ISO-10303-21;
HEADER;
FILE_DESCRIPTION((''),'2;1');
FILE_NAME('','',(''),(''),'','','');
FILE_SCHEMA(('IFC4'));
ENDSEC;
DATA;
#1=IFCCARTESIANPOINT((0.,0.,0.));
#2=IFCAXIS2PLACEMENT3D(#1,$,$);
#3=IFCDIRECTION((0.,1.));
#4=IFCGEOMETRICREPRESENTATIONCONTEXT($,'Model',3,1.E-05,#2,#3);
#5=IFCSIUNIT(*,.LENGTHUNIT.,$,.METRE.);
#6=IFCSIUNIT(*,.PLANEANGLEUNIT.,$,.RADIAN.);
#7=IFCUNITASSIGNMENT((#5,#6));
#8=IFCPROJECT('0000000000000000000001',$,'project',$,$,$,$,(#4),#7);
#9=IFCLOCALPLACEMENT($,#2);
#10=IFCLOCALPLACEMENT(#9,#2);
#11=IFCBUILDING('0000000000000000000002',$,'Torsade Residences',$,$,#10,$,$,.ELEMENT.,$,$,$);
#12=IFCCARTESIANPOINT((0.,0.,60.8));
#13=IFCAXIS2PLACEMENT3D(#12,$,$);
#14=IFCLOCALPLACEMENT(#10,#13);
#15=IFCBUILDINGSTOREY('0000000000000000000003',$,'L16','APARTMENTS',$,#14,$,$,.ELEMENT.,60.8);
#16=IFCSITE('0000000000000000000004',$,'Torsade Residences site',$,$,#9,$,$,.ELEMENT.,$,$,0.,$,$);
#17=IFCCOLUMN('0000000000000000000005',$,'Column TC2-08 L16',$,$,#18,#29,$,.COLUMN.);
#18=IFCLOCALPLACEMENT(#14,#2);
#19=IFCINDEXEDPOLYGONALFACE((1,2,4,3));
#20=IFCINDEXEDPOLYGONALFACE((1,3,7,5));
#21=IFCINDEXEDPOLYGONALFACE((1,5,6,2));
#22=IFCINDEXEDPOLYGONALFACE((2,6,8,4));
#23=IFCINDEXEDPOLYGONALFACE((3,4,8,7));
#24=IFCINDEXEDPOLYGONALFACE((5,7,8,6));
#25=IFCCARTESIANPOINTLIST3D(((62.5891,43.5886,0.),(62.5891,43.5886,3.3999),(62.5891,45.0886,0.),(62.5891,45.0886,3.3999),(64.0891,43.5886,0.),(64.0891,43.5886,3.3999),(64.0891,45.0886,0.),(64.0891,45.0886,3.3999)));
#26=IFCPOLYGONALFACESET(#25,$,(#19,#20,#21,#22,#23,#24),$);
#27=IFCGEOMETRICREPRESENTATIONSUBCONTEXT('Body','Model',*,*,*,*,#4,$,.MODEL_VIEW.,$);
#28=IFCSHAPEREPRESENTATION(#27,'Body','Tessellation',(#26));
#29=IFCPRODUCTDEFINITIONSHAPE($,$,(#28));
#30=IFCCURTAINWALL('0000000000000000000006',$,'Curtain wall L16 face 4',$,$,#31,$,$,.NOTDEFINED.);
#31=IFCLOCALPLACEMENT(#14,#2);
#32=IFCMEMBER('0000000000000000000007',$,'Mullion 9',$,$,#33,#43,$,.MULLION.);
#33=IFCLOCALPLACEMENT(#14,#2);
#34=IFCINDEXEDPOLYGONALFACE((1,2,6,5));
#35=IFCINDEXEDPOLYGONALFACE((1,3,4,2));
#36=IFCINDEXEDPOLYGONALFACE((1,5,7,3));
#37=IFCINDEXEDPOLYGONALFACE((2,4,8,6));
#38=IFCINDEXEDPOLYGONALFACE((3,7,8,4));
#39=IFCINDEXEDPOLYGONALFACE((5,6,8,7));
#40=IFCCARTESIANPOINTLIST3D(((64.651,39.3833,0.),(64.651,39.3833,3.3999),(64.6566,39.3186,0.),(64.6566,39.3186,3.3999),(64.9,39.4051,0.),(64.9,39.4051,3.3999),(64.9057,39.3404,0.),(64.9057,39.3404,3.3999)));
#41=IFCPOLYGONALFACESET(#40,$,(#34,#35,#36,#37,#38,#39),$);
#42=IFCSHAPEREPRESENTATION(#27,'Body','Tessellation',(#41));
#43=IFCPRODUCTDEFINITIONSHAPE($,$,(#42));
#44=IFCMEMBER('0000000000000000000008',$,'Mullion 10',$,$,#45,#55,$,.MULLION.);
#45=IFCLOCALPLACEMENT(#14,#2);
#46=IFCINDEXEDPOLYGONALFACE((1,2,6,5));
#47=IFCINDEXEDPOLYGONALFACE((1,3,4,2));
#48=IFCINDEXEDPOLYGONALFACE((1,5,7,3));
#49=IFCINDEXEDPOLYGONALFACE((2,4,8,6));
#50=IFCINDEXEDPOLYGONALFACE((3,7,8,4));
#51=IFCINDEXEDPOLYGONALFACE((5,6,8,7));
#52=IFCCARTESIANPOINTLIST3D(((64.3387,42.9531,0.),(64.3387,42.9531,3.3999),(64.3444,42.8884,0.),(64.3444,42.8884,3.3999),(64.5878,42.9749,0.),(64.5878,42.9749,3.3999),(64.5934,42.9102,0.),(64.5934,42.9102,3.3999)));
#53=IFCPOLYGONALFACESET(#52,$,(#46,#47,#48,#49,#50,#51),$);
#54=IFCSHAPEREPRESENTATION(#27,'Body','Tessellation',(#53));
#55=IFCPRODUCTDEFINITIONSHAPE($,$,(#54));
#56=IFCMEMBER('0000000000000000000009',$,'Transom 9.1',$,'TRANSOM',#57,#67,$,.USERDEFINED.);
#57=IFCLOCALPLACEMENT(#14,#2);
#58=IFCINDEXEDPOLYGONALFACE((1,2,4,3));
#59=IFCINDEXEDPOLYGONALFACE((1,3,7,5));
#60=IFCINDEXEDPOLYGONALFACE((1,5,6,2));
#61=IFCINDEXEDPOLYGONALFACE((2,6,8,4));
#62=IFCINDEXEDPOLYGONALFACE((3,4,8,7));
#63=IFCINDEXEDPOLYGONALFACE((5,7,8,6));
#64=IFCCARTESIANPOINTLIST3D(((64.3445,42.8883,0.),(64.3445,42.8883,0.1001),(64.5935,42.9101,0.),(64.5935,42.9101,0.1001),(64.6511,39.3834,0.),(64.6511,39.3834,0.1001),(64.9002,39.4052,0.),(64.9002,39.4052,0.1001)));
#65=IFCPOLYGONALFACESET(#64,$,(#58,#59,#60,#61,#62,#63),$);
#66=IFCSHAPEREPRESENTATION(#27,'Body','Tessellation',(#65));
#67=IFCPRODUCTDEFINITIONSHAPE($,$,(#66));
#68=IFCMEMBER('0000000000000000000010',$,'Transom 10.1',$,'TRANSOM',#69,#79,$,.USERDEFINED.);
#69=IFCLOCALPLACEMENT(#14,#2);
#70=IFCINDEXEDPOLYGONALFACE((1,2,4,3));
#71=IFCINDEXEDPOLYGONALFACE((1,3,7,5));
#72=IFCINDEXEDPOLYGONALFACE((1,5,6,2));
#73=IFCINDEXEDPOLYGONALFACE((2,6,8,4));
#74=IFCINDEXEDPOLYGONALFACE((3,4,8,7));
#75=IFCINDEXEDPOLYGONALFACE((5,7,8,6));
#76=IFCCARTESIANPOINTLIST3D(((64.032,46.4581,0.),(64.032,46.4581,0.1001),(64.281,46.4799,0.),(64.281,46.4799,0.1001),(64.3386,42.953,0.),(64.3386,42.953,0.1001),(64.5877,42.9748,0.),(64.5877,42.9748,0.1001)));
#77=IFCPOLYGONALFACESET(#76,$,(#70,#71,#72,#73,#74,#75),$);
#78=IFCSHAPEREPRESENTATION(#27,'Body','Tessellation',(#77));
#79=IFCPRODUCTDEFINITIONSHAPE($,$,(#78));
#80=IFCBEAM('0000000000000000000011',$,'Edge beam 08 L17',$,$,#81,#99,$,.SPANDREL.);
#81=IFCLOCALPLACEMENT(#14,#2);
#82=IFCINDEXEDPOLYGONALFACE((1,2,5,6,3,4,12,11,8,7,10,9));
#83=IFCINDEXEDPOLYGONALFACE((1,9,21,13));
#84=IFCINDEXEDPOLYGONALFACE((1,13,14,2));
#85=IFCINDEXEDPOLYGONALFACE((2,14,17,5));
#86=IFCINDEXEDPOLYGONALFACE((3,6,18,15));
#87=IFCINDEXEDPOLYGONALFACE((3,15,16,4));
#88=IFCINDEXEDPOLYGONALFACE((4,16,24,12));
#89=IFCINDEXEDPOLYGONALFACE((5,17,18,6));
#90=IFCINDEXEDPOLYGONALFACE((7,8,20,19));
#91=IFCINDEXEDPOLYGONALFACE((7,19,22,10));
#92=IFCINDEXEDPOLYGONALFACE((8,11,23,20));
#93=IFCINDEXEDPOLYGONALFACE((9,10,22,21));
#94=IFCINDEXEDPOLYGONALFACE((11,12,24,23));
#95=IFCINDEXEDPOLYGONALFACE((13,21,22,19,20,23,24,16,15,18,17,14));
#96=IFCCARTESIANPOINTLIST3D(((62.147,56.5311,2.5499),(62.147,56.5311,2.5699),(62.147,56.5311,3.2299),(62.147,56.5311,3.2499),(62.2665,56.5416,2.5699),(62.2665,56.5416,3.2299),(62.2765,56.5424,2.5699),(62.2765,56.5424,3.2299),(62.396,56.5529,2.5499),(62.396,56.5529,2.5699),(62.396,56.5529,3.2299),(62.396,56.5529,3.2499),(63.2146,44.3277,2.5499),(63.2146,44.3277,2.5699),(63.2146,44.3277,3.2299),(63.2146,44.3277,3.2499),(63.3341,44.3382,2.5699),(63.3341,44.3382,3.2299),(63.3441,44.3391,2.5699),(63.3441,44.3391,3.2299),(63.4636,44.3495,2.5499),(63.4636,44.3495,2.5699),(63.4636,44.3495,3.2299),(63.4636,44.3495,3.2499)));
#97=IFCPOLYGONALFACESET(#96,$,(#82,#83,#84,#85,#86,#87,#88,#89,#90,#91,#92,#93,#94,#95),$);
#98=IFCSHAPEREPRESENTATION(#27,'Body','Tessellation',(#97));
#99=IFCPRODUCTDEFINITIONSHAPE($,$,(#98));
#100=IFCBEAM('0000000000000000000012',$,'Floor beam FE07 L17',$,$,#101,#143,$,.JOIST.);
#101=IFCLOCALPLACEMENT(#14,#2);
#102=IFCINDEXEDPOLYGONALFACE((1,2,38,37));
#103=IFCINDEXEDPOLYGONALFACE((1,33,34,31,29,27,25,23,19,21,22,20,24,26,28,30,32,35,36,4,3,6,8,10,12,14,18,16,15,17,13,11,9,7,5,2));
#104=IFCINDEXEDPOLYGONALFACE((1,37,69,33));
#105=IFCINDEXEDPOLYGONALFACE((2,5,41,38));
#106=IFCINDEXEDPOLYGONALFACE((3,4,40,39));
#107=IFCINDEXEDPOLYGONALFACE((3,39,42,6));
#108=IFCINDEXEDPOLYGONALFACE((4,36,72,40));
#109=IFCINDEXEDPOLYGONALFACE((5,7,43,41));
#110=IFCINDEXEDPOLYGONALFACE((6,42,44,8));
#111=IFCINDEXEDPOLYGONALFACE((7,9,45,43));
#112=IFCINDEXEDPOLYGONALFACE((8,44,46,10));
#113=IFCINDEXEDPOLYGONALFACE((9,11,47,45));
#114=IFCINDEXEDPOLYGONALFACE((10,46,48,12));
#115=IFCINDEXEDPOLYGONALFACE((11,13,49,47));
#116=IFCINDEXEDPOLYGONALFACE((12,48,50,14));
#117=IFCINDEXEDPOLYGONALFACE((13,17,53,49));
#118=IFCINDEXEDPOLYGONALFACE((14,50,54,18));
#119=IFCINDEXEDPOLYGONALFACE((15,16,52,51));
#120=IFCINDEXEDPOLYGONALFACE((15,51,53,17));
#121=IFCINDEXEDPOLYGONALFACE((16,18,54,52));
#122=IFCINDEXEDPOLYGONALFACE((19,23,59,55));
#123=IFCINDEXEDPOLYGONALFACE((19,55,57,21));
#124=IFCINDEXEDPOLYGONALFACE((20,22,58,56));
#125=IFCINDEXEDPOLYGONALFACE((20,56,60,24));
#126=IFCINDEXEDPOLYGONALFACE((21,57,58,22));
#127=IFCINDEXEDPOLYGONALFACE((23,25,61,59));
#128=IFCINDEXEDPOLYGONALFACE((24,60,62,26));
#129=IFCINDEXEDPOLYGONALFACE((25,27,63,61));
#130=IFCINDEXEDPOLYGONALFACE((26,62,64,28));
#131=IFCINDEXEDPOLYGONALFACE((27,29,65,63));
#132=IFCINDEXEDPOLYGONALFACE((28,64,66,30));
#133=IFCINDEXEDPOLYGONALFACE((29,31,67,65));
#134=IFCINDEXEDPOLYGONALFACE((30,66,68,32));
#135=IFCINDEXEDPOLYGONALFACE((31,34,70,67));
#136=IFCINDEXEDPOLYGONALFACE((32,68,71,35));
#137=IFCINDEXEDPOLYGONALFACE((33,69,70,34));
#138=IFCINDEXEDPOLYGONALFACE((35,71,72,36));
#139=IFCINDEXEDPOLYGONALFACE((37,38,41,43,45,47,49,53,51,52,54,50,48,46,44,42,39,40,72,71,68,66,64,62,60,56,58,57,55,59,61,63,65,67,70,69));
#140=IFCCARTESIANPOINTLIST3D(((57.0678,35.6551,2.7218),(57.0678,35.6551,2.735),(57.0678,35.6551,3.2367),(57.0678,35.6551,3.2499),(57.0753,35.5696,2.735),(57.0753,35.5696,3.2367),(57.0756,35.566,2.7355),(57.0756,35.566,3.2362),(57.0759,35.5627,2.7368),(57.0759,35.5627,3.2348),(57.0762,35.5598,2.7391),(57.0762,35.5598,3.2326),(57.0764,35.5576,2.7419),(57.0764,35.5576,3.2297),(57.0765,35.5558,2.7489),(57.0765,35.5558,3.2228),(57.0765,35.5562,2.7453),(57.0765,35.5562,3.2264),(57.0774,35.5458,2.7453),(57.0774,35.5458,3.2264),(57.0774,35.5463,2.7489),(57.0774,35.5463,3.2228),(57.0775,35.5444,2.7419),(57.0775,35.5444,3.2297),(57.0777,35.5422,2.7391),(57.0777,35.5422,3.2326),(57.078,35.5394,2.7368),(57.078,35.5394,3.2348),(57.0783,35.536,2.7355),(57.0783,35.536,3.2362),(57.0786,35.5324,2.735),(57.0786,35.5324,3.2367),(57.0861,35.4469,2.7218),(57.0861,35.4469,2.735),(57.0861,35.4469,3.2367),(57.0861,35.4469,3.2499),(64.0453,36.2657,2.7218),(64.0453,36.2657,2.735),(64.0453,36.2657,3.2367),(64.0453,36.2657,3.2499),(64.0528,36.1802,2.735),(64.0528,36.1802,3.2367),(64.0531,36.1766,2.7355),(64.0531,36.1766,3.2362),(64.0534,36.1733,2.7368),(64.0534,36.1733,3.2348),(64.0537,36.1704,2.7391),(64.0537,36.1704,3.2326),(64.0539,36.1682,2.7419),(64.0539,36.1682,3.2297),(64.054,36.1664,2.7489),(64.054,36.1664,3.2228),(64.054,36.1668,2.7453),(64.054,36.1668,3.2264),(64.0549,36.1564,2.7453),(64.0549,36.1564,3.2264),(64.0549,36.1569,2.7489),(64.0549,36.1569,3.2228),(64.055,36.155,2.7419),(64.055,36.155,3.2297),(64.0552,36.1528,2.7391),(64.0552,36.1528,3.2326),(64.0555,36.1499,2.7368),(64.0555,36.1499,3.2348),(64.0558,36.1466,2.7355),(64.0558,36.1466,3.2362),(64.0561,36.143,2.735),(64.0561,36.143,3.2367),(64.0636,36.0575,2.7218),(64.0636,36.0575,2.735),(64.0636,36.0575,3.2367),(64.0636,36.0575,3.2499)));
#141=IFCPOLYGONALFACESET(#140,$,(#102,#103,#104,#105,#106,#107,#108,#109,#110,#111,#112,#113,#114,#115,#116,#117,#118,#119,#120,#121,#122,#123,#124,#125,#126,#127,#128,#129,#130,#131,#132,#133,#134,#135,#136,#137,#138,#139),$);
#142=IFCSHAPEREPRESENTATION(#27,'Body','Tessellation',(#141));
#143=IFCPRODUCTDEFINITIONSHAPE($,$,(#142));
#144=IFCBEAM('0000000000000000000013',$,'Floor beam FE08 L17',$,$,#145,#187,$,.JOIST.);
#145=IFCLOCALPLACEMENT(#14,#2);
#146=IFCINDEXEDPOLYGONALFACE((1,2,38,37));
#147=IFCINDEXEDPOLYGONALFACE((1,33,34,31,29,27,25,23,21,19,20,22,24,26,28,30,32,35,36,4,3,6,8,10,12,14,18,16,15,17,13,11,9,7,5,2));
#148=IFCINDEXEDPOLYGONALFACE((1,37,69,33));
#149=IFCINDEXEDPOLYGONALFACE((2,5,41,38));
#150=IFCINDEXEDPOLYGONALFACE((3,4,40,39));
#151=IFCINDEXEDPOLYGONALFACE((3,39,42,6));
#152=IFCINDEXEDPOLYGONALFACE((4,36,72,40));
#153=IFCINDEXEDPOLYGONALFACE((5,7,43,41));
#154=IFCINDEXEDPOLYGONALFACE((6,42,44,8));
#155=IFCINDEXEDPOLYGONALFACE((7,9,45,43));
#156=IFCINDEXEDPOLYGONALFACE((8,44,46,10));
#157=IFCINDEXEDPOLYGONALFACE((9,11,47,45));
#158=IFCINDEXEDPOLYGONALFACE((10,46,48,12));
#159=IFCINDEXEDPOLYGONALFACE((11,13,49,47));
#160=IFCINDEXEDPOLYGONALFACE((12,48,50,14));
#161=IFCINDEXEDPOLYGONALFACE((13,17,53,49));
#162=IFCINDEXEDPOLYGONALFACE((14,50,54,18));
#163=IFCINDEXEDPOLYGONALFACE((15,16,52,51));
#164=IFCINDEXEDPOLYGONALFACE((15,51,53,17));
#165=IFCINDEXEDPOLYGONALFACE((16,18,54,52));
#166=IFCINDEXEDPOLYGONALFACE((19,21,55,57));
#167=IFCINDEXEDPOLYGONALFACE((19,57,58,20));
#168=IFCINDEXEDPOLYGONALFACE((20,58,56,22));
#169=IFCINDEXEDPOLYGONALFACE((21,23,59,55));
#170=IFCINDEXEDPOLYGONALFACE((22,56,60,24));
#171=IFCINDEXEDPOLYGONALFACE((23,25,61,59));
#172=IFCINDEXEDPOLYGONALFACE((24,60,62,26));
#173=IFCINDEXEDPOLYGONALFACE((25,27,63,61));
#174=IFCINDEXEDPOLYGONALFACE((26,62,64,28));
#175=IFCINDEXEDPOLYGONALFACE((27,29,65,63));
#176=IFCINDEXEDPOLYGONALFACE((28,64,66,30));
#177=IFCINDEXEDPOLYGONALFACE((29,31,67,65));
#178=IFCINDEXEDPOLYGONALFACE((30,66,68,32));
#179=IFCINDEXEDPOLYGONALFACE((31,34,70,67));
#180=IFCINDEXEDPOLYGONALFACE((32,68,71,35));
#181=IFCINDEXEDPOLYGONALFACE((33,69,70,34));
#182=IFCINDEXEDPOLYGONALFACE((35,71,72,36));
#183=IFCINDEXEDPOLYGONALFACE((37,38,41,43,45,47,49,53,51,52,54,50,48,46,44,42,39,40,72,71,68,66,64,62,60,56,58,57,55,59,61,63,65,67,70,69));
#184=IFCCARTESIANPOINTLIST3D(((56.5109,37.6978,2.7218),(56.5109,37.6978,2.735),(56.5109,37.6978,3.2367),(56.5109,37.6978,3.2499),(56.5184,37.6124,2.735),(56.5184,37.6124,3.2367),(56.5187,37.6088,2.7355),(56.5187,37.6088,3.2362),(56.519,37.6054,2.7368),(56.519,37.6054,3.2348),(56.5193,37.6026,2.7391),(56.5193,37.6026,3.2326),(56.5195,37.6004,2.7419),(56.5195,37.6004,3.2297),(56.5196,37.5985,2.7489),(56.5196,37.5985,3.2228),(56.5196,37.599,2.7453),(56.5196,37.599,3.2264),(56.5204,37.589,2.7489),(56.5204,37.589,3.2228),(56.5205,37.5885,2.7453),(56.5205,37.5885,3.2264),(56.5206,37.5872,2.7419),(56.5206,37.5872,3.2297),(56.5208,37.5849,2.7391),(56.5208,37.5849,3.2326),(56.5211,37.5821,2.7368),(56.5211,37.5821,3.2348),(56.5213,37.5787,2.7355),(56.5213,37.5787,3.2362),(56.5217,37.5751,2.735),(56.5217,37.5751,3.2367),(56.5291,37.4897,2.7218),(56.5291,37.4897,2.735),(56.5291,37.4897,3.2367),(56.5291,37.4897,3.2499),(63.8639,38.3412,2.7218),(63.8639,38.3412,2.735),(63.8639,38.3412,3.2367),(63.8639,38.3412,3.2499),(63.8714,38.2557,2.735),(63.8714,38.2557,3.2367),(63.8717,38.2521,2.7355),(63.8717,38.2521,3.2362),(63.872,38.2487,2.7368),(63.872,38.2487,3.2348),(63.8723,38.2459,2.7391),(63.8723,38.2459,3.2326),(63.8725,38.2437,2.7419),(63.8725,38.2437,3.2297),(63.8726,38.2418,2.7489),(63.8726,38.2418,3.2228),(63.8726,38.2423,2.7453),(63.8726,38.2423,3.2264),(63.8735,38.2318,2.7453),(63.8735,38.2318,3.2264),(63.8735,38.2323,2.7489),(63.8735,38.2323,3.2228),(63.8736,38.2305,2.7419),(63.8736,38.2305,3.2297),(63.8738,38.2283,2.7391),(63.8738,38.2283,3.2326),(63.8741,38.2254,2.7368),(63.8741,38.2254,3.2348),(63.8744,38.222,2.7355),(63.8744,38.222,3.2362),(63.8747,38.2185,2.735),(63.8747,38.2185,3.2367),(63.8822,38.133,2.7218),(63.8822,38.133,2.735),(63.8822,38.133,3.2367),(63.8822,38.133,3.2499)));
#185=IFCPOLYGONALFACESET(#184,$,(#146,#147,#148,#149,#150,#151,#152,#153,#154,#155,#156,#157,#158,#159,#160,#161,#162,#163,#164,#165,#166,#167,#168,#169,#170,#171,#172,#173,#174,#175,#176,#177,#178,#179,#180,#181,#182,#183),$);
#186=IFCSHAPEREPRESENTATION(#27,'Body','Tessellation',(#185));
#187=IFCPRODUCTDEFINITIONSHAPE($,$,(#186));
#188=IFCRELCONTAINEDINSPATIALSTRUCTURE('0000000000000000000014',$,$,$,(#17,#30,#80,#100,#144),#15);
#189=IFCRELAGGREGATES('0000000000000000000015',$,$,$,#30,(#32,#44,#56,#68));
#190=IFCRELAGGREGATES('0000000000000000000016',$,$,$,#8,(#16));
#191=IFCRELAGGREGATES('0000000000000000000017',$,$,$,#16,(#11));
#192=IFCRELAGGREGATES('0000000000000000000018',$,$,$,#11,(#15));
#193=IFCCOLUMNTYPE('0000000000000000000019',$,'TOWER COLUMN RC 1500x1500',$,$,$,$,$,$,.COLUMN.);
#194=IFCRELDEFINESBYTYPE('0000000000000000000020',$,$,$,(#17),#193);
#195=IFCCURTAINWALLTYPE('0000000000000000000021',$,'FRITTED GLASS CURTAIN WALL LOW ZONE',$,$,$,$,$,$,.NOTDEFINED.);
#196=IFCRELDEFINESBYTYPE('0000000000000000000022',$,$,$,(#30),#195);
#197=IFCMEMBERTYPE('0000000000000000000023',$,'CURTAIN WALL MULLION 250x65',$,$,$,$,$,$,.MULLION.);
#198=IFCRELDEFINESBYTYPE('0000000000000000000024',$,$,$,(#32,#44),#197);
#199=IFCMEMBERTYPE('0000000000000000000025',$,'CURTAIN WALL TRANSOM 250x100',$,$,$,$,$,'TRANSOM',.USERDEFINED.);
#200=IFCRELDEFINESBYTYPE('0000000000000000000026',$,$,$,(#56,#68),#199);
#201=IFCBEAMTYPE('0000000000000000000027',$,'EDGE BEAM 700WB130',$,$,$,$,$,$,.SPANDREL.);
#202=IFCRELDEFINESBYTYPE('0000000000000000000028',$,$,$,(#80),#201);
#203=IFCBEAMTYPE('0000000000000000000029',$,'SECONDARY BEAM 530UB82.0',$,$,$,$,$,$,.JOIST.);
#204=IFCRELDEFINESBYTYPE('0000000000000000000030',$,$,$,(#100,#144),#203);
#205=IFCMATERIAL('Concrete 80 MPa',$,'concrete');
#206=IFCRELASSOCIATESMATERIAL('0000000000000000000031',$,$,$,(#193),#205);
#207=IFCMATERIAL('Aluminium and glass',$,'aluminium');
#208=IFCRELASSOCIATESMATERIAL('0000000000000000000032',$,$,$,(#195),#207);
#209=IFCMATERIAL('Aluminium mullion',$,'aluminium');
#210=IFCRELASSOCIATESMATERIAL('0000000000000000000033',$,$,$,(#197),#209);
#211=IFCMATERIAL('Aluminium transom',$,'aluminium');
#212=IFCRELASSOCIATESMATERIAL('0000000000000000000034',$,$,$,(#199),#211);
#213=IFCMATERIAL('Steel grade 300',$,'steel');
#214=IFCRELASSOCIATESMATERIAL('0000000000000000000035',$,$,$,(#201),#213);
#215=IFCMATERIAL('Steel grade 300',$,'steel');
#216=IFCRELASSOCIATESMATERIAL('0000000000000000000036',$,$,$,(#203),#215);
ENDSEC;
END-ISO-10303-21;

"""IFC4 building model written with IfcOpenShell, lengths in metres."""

from ifc_helpers import new_model, si_unit, direction, frame, origin, origin_2d, place, context, subcontext, project, spatial, rectangle, i_section, extrude, material, material_profile, profile_set, type_object, element, aggregate, save


model = new_model("IFC4")

# Units and contexts
model_context = context("Model", 3, precision=1e-05, world=origin(), true_north=direction((0.0, 1.0)))
body_context = subcontext(model_context, "Body", "Model", "MODEL_VIEW")
ifc_project = project(units=[si_unit("LENGTHUNIT", "METRE"), si_unit("PLANEANGLEUNIT", "RADIAN")], contexts=[model_context])

# Site, building, storey
site_placement = place(None, origin())
site = spatial("IfcSite", under=ifc_project, at=site_placement, Name="Torsade Residences site", CompositionType="ELEMENT", RefElevation=0.0)
building_placement = place(site_placement, origin())
building = spatial("IfcBuilding", under=site, at=building_placement, Name="Torsade Residences", CompositionType="ELEMENT")
storey_placement = place(building_placement, frame((0.0, 0.0, 60.8)))
storey = spatial("IfcBuildingStorey", under=building, at=storey_placement, Name="L16", Description="APARTMENTS", CompositionType="ELEMENT", Elevation=60.8)

# Column
ifc_material_1 = material(Name="Concrete 80 MPa", Category="concrete")
ifc_material_profile_1 = material_profile(ifc_material_1, rectangle(XDim=1.5, YDim=1.5, at=origin_2d()), Name="RC 1500x1500")
ifc_profile_set_1 = profile_set([ifc_material_profile_1], Name="Concrete 80 MPa")
column_type = type_object("IfcColumnType", Name="TOWER COLUMN RC 1500x1500", PredefinedType="COLUMN", material=ifc_profile_set_1)
column_placement = place(storey_placement, frame((63.3391, 44.3386, 0.0), z_axis=(0.0, 0.0, 1.0), x_axis=(1.0, 0.0, 0.0)))
element("IfcColumn", 1, at=column_placement, inside=storey, type_object=column_type, Name="Column TC2-08 L16", PredefinedType="COLUMN", context=body_context, shape_type="SweptSolid", body=[
    extrude(rectangle(XDim=1.5, YDim=1.5, at=origin_2d()), origin(), (0.0, 0.0, 1.0), 3.3999),
])

# Curtain wall, members
ifc_material_2 = material(Name="Aluminium and glass", Category="aluminium")
curtain_wall_type = type_object("IfcCurtainWallType", Name="FRITTED GLASS CURTAIN WALL LOW ZONE", PredefinedType="NOTDEFINED", material=ifc_material_2)
curtain_wall_placement = place(storey_placement, origin())
curtain_wall = element("IfcCurtainWall", 2, at=curtain_wall_placement, inside=storey, type_object=curtain_wall_type, Name="Curtain wall L16 face 4", PredefinedType="NOTDEFINED")
ifc_material_3 = material(Name="Aluminium mullion", Category="aluminium")
ifc_material_profile_2 = material_profile(ifc_material_3, rectangle(XDim=0.25, YDim=0.0649, at=origin_2d()), Name="CURTAIN WALL MULLION 250x65")
ifc_profile_set_2 = profile_set([ifc_material_profile_2], Name="Aluminium mullion")
member_type_1 = type_object("IfcMemberType", Name="CURTAIN WALL MULLION 250x65", PredefinedType="MULLION", material=ifc_profile_set_2)
member_1_placement = place(storey_placement, frame((64.7783, 39.3618, 0.0), z_axis=(0.0, 0.0, 1.0), x_axis=(-0.996195, -0.087156, 0.0)))
member_1 = element("IfcMember", 3, at=member_1_placement, type_object=member_type_1, Name="Mullion 9", PredefinedType="MULLION", context=body_context, shape_type="SweptSolid", body=[
    extrude(rectangle(XDim=0.25, YDim=0.0649, at=origin_2d()), origin(), (0.0, 0.0, 1.0), 3.3999),
])
member_2_placement = place(storey_placement, frame((64.4661, 42.9316, 0.0), z_axis=(0.0, 0.0, 1.0), x_axis=(-0.996195, -0.087156, 0.0)))
member_2 = element("IfcMember", 4, at=member_2_placement, type_object=member_type_1, Name="Mullion 10", PredefinedType="MULLION", context=body_context, shape_type="SweptSolid", body=[
    extrude(rectangle(XDim=0.25, YDim=0.0649, at=origin_2d()), origin(), (0.0, 0.0, 1.0), 3.3999),
])
ifc_material_4 = material(Name="Aluminium transom", Category="aluminium")
ifc_material_profile_3 = material_profile(ifc_material_4, rectangle(XDim=0.25, YDim=0.1001, at=origin_2d()), Name="CURTAIN WALL TRANSOM 250x100")
ifc_profile_set_3 = profile_set([ifc_material_profile_3], Name="Aluminium transom")
member_type_2 = type_object("IfcMemberType", Name="CURTAIN WALL TRANSOM 250x100", ElementType="TRANSOM", PredefinedType="USERDEFINED", material=ifc_profile_set_3)
member_3_placement = place(storey_placement, frame((64.7756, 39.3943, 0.05), z_axis=(-0.087157, 0.996195, 0.0), x_axis=(-0.996195, -0.087157, 0.0)))
member_3 = element("IfcMember", 5, at=member_3_placement, type_object=member_type_2, Name="Transom 9.1", ObjectType="TRANSOM", PredefinedType="USERDEFINED", context=body_context, shape_type="SweptSolid", body=[
    extrude(rectangle(XDim=0.25, YDim=0.1001, at=origin_2d()), origin(), (0.0, 0.0, 1.0), 3.5183),
])
member_4_placement = place(storey_placement, frame((64.4631, 42.9639, 0.05), z_axis=(-0.087151, 0.996195, 0.0), x_axis=(-0.996195, -0.087151, 0.0)))
member_4 = element("IfcMember", 6, at=member_4_placement, type_object=member_type_2, Name="Transom 10.1", ObjectType="TRANSOM", PredefinedType="USERDEFINED", context=body_context, shape_type="SweptSolid", body=[
    extrude(rectangle(XDim=0.25, YDim=0.1001, at=origin_2d()), origin(), (0.0, 0.0, 1.0), 3.5186),
])

# Beams
ifc_material_5 = material(Name="Steel grade 300", Category="steel")
ifc_material_profile_4 = material_profile(ifc_material_5, i_section(OverallWidth=0.25, OverallDepth=0.7, WebThickness=0.01, FlangeThickness=0.02, at=origin_2d()), Name="700WB130")
ifc_profile_set_4 = profile_set([ifc_material_profile_4], Name="Steel grade 300")
beam_type_1 = type_object("IfcBeamType", Name="EDGE BEAM 700WB130", PredefinedType="SPANDREL", material=ifc_profile_set_4)
beam_1_placement = place(storey_placement, frame((63.3391, 44.3386, 2.8999), z_axis=(-0.087153, 0.996195, 0.0), x_axis=(-0.996195, -0.087153, 0.0)))
element("IfcBeam", 7, at=beam_1_placement, inside=storey, type_object=beam_type_1, Name="Edge beam 08 L17", PredefinedType="SPANDREL", context=body_context, shape_type="SweptSolid", body=[
    extrude(i_section(OverallWidth=0.25, OverallDepth=0.7, WebThickness=0.01, FlangeThickness=0.02, at=origin_2d()), origin(), (0.0, 0.0, 1.0), 12.25),
])
ifc_material_6 = material(Name="Steel grade 300", Category="steel")
ifc_material_profile_5 = material_profile(ifc_material_6, i_section(OverallWidth=0.209, OverallDepth=0.5281, WebThickness=0.0095, FlangeThickness=0.0132, FilletRadius=0.0139, at=origin_2d()), Name="530UB82.0")
ifc_profile_set_5 = profile_set([ifc_material_profile_5], Name="Steel grade 300")
beam_type_2 = type_object("IfcBeamType", Name="SECONDARY BEAM 530UB82.0", PredefinedType="JOIST", material=ifc_profile_set_5)
beam_2_placement = place(storey_placement, frame((64.0544, 36.1616, 2.9858), z_axis=(-0.996193, -0.087176, 0.0), x_axis=(0.087176, -0.996193, 0.0)))
element("IfcBeam", 8, at=beam_2_placement, inside=storey, type_object=beam_type_2, Name="Floor beam FE07 L17", PredefinedType="JOIST", context=body_context, shape_type="SweptSolid", body=[
    extrude(i_section(OverallWidth=0.209, OverallDepth=0.5281, WebThickness=0.0095, FlangeThickness=0.0132, FilletRadius=0.0139, at=origin_2d()), origin(), (0.0, 0.0, 1.0), 7.0042),
])
beam_3_placement = place(storey_placement, frame((63.873, 38.2371, 2.9858), z_axis=(-0.996195, -0.087156, 0.0), x_axis=(0.087156, -0.996195, 0.0)))
element("IfcBeam", 9, at=beam_3_placement, inside=storey, type_object=beam_type_2, Name="Floor beam FE08 L17", PredefinedType="JOIST", context=body_context, shape_type="SweptSolid", body=[
    extrude(i_section(OverallWidth=0.209, OverallDepth=0.5281, WebThickness=0.0095, FlangeThickness=0.0132, FilletRadius=0.0139, at=origin_2d()), origin(), (0.0, 0.0, 1.0), 7.3811),
])

aggregate(curtain_wall, [member_1, member_2, member_3, member_4])

save(model, "model.ifc")
